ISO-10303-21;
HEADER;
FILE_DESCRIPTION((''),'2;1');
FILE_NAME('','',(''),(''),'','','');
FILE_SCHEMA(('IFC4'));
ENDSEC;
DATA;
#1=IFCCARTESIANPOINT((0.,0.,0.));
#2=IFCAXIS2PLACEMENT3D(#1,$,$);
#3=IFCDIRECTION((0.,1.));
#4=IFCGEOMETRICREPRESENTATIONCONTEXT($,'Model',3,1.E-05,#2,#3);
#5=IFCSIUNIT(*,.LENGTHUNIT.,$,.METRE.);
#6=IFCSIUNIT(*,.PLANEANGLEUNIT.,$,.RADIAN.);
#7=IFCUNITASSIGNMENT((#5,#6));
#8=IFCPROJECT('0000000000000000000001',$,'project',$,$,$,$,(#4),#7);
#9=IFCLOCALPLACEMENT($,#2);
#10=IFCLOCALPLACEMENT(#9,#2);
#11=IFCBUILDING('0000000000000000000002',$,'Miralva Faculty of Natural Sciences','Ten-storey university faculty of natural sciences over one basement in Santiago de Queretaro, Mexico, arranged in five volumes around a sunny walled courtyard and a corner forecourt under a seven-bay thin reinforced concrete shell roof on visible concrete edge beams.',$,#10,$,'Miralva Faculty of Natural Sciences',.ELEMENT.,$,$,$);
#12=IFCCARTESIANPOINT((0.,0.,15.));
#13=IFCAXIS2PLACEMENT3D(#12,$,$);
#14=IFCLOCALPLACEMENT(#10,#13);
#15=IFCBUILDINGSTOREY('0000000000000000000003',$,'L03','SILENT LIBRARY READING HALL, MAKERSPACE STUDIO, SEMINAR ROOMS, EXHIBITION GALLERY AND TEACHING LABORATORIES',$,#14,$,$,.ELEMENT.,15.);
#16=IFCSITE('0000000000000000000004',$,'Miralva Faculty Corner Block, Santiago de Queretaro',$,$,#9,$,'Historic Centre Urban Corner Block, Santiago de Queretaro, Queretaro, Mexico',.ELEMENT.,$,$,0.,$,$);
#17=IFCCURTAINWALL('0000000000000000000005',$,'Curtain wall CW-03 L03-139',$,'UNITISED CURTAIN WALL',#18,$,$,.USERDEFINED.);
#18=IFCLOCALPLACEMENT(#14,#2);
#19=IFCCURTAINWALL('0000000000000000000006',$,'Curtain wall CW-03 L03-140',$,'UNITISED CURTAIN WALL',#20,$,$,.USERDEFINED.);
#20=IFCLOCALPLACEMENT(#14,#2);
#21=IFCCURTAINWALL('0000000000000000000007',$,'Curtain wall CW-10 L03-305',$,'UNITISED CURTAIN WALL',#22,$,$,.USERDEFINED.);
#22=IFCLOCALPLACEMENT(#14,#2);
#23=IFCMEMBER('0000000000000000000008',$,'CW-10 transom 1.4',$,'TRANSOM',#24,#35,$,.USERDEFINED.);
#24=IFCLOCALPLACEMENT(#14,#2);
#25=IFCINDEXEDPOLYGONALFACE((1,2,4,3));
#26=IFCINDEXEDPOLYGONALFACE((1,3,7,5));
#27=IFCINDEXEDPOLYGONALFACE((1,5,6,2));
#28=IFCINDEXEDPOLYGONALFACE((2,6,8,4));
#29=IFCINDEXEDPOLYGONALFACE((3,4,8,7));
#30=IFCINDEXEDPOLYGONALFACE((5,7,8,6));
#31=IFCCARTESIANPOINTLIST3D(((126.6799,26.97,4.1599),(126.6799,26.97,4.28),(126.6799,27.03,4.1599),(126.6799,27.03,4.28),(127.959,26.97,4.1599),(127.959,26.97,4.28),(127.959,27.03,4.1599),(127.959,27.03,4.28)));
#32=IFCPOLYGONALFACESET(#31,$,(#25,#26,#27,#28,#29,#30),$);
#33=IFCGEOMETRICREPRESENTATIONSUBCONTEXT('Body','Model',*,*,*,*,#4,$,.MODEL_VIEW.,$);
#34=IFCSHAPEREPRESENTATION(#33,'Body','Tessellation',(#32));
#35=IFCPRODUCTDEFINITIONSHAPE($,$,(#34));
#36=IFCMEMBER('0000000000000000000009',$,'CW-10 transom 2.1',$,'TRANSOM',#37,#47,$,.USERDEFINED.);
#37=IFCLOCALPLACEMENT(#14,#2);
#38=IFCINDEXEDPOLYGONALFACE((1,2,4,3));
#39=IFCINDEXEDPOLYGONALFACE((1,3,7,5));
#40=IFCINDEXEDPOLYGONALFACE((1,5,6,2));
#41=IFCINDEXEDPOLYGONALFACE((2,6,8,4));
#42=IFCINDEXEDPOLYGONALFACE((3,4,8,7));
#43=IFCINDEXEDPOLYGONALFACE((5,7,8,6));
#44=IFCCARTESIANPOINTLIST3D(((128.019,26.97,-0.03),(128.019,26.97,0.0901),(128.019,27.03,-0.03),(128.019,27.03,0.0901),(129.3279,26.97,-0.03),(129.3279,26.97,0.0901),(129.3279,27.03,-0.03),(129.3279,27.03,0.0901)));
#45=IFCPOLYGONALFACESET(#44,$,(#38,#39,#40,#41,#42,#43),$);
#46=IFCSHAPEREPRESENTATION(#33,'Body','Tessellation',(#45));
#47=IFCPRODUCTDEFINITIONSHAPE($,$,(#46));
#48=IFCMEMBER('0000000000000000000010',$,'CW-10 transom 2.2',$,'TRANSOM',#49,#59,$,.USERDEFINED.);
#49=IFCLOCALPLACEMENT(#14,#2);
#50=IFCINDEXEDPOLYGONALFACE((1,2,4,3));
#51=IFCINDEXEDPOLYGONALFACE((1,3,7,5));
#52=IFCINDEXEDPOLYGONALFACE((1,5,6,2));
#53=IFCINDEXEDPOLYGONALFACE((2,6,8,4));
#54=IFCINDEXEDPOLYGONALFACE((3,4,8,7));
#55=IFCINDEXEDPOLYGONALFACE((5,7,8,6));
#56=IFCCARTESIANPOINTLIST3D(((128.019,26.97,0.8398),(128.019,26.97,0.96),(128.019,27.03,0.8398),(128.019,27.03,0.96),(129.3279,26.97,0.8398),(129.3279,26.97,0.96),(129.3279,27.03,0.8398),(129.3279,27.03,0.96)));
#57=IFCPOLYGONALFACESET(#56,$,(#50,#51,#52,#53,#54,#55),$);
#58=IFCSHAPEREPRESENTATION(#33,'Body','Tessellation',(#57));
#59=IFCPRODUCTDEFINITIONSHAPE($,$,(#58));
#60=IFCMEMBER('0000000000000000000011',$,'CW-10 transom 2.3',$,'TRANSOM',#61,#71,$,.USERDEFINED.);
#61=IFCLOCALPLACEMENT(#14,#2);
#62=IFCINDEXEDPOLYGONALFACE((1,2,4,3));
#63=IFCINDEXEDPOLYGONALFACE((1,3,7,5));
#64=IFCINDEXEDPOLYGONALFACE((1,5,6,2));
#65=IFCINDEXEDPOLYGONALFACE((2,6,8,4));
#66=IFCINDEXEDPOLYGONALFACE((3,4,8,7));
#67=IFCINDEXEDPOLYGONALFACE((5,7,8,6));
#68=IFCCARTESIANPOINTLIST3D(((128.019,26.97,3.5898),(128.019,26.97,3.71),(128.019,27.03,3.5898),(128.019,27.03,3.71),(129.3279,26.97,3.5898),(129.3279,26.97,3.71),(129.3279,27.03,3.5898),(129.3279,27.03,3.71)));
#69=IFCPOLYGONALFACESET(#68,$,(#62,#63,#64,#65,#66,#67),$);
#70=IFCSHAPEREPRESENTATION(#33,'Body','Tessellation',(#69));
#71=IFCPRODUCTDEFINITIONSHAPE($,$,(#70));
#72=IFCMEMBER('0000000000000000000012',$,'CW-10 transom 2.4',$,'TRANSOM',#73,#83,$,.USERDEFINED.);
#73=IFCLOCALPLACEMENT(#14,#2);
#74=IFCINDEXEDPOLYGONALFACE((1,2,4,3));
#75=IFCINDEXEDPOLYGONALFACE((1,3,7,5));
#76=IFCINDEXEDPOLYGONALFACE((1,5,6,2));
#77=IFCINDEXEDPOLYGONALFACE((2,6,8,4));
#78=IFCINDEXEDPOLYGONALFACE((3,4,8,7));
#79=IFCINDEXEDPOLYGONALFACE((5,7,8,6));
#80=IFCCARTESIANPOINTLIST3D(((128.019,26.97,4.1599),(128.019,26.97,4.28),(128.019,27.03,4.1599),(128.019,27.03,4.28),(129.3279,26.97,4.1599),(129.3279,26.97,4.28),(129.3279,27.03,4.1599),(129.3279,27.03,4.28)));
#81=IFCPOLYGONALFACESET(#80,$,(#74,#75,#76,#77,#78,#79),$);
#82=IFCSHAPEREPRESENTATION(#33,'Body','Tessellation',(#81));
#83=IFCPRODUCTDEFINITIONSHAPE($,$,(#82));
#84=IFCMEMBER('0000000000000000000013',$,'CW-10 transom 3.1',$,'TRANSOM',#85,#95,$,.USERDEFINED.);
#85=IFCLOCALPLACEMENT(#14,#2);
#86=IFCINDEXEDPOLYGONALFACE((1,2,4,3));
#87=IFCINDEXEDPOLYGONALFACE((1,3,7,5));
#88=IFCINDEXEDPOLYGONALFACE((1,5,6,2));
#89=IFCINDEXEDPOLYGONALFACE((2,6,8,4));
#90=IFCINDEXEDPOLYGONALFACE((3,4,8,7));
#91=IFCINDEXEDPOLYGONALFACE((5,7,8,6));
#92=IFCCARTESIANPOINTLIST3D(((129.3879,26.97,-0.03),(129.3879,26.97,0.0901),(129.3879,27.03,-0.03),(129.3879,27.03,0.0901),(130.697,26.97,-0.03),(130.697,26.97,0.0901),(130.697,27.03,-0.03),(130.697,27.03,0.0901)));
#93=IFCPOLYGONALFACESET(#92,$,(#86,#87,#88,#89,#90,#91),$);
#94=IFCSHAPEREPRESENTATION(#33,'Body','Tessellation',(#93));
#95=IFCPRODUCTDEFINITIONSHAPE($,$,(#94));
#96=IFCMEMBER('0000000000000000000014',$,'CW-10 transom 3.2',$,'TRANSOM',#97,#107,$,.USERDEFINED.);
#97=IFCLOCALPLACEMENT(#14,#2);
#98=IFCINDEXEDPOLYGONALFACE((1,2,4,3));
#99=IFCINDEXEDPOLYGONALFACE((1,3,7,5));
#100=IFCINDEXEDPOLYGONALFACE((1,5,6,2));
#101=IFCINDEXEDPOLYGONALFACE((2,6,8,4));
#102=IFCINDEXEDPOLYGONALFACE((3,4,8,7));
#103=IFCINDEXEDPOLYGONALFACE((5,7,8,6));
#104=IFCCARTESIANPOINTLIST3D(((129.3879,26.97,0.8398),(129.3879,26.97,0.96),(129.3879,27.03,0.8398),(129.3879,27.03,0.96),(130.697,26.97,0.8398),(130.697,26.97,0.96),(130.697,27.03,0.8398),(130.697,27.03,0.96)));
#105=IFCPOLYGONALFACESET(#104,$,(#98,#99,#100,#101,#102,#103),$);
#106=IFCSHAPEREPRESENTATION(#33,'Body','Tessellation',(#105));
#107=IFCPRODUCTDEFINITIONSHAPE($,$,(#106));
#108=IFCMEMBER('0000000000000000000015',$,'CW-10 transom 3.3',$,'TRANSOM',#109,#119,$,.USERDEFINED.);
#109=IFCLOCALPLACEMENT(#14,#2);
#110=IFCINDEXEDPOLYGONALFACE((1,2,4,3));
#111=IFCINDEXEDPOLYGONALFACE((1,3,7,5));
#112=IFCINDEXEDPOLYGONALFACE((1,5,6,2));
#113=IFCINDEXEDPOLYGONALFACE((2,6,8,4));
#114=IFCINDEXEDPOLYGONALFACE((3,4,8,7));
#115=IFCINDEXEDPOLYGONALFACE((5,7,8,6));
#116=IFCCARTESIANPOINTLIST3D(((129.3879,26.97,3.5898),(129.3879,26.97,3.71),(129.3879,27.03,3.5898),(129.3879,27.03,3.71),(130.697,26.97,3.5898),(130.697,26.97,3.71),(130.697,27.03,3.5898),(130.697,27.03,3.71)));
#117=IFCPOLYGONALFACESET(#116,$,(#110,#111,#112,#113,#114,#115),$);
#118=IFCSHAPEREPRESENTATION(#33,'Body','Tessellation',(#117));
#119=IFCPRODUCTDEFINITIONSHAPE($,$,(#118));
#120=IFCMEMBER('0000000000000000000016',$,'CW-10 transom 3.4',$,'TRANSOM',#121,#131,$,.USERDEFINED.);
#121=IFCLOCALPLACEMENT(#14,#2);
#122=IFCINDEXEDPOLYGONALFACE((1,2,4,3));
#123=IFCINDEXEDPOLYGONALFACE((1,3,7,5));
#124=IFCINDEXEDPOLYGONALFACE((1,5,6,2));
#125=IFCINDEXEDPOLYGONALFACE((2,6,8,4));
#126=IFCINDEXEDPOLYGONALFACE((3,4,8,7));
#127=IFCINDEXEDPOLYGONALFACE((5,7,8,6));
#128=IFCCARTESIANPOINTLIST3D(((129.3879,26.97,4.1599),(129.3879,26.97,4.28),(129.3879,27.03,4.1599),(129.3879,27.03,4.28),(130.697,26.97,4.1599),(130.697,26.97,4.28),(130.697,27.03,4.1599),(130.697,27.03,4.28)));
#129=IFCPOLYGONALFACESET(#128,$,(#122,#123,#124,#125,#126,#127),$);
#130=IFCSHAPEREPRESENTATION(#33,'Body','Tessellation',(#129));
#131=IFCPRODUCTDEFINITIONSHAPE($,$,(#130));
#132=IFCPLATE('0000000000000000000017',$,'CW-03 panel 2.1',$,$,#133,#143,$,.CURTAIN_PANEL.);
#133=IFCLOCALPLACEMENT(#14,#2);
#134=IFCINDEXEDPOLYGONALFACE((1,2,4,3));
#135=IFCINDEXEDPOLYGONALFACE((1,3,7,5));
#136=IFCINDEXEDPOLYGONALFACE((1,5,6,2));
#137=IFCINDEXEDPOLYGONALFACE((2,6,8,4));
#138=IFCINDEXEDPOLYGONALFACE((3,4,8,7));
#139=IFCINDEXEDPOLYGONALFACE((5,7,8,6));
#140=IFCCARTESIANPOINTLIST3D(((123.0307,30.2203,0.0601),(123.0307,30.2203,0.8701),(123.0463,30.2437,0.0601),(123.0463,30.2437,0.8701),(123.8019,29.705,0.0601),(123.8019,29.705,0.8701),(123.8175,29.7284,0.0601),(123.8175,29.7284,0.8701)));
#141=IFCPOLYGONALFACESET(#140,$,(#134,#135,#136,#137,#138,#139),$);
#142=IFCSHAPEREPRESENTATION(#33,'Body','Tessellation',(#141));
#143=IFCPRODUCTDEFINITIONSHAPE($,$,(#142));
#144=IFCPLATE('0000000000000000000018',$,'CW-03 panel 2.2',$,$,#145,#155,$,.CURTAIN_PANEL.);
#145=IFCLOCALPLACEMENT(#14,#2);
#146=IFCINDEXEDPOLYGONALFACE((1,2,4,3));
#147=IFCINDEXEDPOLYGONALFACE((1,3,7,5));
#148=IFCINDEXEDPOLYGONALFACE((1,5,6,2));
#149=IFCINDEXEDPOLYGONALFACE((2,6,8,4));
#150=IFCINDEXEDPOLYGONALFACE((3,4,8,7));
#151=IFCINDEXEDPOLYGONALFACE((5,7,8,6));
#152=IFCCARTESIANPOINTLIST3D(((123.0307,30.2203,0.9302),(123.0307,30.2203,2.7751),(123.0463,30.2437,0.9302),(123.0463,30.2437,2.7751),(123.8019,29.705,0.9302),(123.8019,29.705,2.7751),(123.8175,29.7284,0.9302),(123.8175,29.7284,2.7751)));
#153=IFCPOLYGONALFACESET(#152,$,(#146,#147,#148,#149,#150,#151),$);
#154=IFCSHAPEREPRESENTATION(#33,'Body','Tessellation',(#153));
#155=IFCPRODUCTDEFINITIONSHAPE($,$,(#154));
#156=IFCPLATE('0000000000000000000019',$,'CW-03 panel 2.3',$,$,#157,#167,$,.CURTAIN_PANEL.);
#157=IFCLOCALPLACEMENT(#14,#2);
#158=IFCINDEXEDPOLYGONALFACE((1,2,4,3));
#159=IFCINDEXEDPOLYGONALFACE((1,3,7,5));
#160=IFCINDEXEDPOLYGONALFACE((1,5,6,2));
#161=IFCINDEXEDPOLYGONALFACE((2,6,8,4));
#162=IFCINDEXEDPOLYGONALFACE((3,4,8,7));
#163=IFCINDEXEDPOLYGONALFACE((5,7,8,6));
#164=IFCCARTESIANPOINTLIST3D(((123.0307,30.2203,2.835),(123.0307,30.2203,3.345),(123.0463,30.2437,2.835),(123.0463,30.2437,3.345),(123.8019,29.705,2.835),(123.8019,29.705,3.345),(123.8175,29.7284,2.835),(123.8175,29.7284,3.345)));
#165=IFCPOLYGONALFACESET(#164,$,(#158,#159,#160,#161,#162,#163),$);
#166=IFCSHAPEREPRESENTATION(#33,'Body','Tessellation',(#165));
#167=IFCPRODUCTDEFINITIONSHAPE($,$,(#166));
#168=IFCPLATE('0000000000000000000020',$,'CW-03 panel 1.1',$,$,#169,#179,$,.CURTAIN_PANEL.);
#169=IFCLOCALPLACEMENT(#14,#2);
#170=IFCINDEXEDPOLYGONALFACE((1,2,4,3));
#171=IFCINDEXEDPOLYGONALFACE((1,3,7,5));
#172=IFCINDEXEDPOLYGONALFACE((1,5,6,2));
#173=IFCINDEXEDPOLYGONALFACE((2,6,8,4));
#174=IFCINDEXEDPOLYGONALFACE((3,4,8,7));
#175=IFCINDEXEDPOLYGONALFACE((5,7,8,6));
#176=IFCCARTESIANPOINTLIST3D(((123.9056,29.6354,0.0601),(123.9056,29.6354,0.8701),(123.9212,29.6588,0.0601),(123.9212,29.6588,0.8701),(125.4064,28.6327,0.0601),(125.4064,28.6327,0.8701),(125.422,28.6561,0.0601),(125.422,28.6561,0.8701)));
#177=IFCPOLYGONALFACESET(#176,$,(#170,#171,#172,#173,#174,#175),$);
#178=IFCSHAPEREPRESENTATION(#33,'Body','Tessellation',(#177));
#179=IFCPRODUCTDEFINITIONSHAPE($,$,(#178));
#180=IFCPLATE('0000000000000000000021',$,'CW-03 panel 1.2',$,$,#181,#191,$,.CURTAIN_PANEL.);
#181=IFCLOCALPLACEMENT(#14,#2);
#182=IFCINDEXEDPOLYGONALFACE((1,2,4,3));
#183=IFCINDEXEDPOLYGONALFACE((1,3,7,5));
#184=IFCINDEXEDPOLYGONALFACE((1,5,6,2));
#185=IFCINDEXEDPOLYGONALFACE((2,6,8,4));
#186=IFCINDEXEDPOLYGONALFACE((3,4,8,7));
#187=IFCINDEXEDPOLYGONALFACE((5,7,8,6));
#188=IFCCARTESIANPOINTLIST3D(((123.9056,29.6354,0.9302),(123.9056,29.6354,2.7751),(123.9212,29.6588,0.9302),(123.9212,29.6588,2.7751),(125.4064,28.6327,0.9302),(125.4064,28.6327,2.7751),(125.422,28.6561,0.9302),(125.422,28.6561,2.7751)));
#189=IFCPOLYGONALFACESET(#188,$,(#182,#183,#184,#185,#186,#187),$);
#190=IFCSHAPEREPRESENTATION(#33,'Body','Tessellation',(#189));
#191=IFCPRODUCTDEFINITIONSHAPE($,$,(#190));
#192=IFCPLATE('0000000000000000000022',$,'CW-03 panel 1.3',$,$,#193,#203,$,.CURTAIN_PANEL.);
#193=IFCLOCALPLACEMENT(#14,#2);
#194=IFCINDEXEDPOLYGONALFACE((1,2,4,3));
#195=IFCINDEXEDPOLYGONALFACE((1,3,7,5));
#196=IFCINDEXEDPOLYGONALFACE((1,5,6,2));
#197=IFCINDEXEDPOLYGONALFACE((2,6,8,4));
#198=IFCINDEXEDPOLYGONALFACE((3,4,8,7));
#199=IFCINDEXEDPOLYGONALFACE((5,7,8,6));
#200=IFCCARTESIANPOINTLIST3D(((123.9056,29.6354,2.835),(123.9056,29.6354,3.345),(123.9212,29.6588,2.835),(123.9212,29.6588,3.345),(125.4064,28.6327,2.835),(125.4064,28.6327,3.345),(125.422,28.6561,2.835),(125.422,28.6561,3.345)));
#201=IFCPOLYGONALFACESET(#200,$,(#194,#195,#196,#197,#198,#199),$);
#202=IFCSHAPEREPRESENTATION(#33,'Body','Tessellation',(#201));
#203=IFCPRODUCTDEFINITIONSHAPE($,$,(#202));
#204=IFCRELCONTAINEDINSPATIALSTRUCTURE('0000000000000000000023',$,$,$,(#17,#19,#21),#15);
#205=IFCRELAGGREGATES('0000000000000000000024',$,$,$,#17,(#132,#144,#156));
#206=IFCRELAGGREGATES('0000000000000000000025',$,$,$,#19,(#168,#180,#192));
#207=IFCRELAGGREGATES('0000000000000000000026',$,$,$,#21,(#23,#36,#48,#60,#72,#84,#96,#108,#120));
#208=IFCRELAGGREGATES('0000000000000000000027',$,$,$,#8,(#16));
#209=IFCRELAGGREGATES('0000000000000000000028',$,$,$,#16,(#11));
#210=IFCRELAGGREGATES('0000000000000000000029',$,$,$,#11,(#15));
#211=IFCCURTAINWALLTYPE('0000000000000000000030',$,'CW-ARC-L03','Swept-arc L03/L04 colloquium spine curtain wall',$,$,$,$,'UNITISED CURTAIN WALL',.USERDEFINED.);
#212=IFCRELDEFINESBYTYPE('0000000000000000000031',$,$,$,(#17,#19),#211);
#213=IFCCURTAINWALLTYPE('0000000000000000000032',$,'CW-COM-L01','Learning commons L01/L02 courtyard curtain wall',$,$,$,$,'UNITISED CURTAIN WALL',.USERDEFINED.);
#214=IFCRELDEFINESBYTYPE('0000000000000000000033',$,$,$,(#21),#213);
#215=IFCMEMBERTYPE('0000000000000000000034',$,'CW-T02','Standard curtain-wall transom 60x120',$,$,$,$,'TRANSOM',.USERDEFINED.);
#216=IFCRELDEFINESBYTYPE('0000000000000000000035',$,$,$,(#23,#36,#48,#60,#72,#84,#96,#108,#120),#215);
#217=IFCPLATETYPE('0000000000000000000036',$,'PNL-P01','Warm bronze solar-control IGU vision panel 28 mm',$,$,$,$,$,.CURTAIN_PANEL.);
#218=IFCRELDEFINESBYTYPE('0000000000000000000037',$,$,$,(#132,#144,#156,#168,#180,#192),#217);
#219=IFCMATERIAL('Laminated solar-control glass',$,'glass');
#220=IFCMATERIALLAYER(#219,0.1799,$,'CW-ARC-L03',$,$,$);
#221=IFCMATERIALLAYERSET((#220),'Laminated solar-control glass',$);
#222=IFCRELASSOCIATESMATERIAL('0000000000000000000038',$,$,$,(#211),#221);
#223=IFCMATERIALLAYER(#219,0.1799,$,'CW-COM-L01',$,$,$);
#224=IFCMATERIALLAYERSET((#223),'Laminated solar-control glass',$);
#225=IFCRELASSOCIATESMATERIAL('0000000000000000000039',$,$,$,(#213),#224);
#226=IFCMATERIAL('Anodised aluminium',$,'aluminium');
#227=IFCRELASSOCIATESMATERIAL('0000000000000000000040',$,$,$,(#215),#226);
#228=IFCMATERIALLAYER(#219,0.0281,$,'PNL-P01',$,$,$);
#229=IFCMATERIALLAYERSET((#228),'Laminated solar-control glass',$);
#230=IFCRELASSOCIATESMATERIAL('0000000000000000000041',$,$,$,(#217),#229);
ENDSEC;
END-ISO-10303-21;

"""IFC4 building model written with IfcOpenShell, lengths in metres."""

from ifc_helpers import new_model, si_unit, direction, frame, origin, origin_2d, place, context, subcontext, project, spatial, rectangle, extrude, material, layer, layer_set, material_profile, profile_set, type_object, element, aggregate, save


model = new_model("IFC4")

# Units and contexts
model_context = context("Model", 3, precision=1e-05, world=origin(), true_north=direction((0.0, 1.0)))
body_context = subcontext(model_context, "Body", "Model", "MODEL_VIEW")
ifc_project = project(units=[si_unit("LENGTHUNIT", "METRE"), si_unit("PLANEANGLEUNIT", "RADIAN")], contexts=[model_context])

# Site, building, storey
site_placement = place(None, origin())
site = spatial("IfcSite", under=ifc_project, at=site_placement, Name="Miralva Faculty Corner Block, Santiago de Queretaro", LongName="Historic Centre Urban Corner Block, Santiago de Queretaro, Queretaro, Mexico", CompositionType="ELEMENT", RefElevation=0.0)
building_placement = place(site_placement, origin())
building = spatial("IfcBuilding", under=site, at=building_placement, Name="Miralva Faculty of Natural Sciences", Description="Ten-storey university faculty of natural sciences over one basement in Santiago de Queretaro, Mexico, arranged in five volumes around a sunny walled courtyard and a corner forecourt under a seven-bay thin reinforced concrete shell roof on visible concrete edge beams.", LongName="Miralva Faculty of Natural Sciences", CompositionType="ELEMENT")
storey_placement = place(building_placement, frame((0.0, 0.0, 15.0)))
storey = spatial("IfcBuildingStorey", under=building, at=storey_placement, Name="L03", Description="SILENT LIBRARY READING HALL, MAKERSPACE STUDIO, SEMINAR ROOMS, EXHIBITION GALLERY AND TEACHING LABORATORIES", CompositionType="ELEMENT", Elevation=15.0)

# Curtain wall
ifc_material_1 = material(Name="Laminated solar-control glass", Category="glass")
ifc_layer_1 = layer(ifc_material_1, 0.1799, Name="CW-ARC-L03")
ifc_layer_set_1 = layer_set([ifc_layer_1], Name="Laminated solar-control glass")
curtain_wall_type_1 = type_object("IfcCurtainWallType", Name="CW-ARC-L03", Description="Swept-arc L03/L04 colloquium spine curtain wall", ElementType="UNITISED CURTAIN WALL", PredefinedType="USERDEFINED", material=ifc_layer_set_1)
curtain_wall_1_placement = place(storey_placement, origin())
curtain_wall_1 = element("IfcCurtainWall", 1, at=curtain_wall_1_placement, inside=storey, type_object=curtain_wall_type_1, Name="Curtain wall CW-03 L03-139", ObjectType="UNITISED CURTAIN WALL", PredefinedType="USERDEFINED")
ifc_material_2 = material(Name="Anodised aluminium", Category="aluminium")

# Curtain walls
curtain_wall_2_placement = place(storey_placement, origin())
curtain_wall_2 = element("IfcCurtainWall", 2, at=curtain_wall_2_placement, inside=storey, type_object=curtain_wall_type_1, Name="Curtain wall CW-03 L03-140", ObjectType="UNITISED CURTAIN WALL", PredefinedType="USERDEFINED")
ifc_layer_2 = layer(ifc_material_1, 0.1799, Name="CW-COM-L01")
ifc_layer_set_2 = layer_set([ifc_layer_2], Name="Laminated solar-control glass")
curtain_wall_type_2 = type_object("IfcCurtainWallType", Name="CW-COM-L01", Description="Learning commons L01/L02 courtyard curtain wall", ElementType="UNITISED CURTAIN WALL", PredefinedType="USERDEFINED", material=ifc_layer_set_2)
curtain_wall_3_placement = place(storey_placement, origin())
curtain_wall_3 = element("IfcCurtainWall", 3, at=curtain_wall_3_placement, inside=storey, type_object=curtain_wall_type_2, Name="Curtain wall CW-10 L03-305", ObjectType="UNITISED CURTAIN WALL", PredefinedType="USERDEFINED")

# Members
ifc_material_profile_1 = material_profile(ifc_material_2, rectangle(XDim=0.0601, YDim=0.1201, at=origin_2d()), Name="TRANSOM 60x120")
ifc_profile_set_1 = profile_set([ifc_material_profile_1], Name="Anodised aluminium")
member_type_1 = type_object("IfcMemberType", Name="CW-T02", Description="Standard curtain-wall transom 60x120", ElementType="TRANSOM", PredefinedType="USERDEFINED", material=ifc_profile_set_1)
member_1_placement = place(storey_placement, frame((126.6799, 27.0, 4.22), z_axis=(1.0, 0.0, 0.0), x_axis=(0.0, 1.0, 0.0)))
member_1 = element("IfcMember", 4, at=member_1_placement, type_object=member_type_1, Name="CW-10 transom 1.4", ObjectType="TRANSOM", PredefinedType="USERDEFINED", context=body_context, shape_type="SweptSolid", body=[
    extrude(rectangle(XDim=0.0601, YDim=0.1201, at=origin_2d()), origin(), (0.0, 0.0, 1.0), 1.2791),
])
member_2_placement = place(storey_placement, frame((128.019, 27.0, 0.03), z_axis=(1.0, 0.0, 0.0), x_axis=(0.0, 1.0, 0.0)))
member_2 = element("IfcMember", 5, at=member_2_placement, type_object=member_type_1, Name="CW-10 transom 2.1", ObjectType="TRANSOM", PredefinedType="USERDEFINED", context=body_context, shape_type="SweptSolid", body=[
    extrude(rectangle(XDim=0.0601, YDim=0.1201, at=origin_2d()), origin(), (0.0, 0.0, 1.0), 1.3088),
])
member_3_placement = place(storey_placement, frame((128.019, 27.0, 0.8999), z_axis=(1.0, 0.0, 0.0), x_axis=(0.0, 1.0, 0.0)))
member_3 = element("IfcMember", 6, at=member_3_placement, type_object=member_type_1, Name="CW-10 transom 2.2", ObjectType="TRANSOM", PredefinedType="USERDEFINED", context=body_context, shape_type="SweptSolid", body=[
    extrude(rectangle(XDim=0.0601, YDim=0.1201, at=origin_2d()), origin(), (0.0, 0.0, 1.0), 1.3088),
])
member_4_placement = place(storey_placement, frame((128.019, 27.0, 3.6499), z_axis=(1.0, 0.0, 0.0), x_axis=(0.0, 1.0, 0.0)))
member_4 = element("IfcMember", 7, at=member_4_placement, type_object=member_type_1, Name="CW-10 transom 2.3", ObjectType="TRANSOM", PredefinedType="USERDEFINED", context=body_context, shape_type="SweptSolid", body=[
    extrude(rectangle(XDim=0.0601, YDim=0.1201, at=origin_2d()), origin(), (0.0, 0.0, 1.0), 1.3088),
])
member_5_placement = place(storey_placement, frame((128.019, 27.0, 4.22), z_axis=(1.0, 0.0, 0.0), x_axis=(0.0, 1.0, 0.0)))
member_5 = element("IfcMember", 8, at=member_5_placement, type_object=member_type_1, Name="CW-10 transom 2.4", ObjectType="TRANSOM", PredefinedType="USERDEFINED", context=body_context, shape_type="SweptSolid", body=[
    extrude(rectangle(XDim=0.0601, YDim=0.1201, at=origin_2d()), origin(), (0.0, 0.0, 1.0), 1.3088),
])
member_6_placement = place(storey_placement, frame((129.3879, 27.0, 0.03), z_axis=(1.0, 0.0, 0.0), x_axis=(0.0, 1.0, 0.0)))
member_6 = element("IfcMember", 9, at=member_6_placement, type_object=member_type_1, Name="CW-10 transom 3.1", ObjectType="TRANSOM", PredefinedType="USERDEFINED", context=body_context, shape_type="SweptSolid", body=[
    extrude(rectangle(XDim=0.0601, YDim=0.1201, at=origin_2d()), origin(), (0.0, 0.0, 1.0), 1.3091),
])
member_7_placement = place(storey_placement, frame((129.3879, 27.0, 0.8999), z_axis=(1.0, 0.0, 0.0), x_axis=(0.0, 1.0, 0.0)))
member_7 = element("IfcMember", 10, at=member_7_placement, type_object=member_type_1, Name="CW-10 transom 3.2", ObjectType="TRANSOM", PredefinedType="USERDEFINED", context=body_context, shape_type="SweptSolid", body=[
    extrude(rectangle(XDim=0.0601, YDim=0.1201, at=origin_2d()), origin(), (0.0, 0.0, 1.0), 1.3091),
])
member_8_placement = place(storey_placement, frame((129.3879, 27.0, 3.6499), z_axis=(1.0, 0.0, 0.0), x_axis=(0.0, 1.0, 0.0)))
member_8 = element("IfcMember", 11, at=member_8_placement, type_object=member_type_1, Name="CW-10 transom 3.3", ObjectType="TRANSOM", PredefinedType="USERDEFINED", context=body_context, shape_type="SweptSolid", body=[
    extrude(rectangle(XDim=0.0601, YDim=0.1201, at=origin_2d()), origin(), (0.0, 0.0, 1.0), 1.3091),
])
member_9_placement = place(storey_placement, frame((129.3879, 27.0, 4.22), z_axis=(1.0, 0.0, 0.0), x_axis=(0.0, 1.0, 0.0)))
member_9 = element("IfcMember", 12, at=member_9_placement, type_object=member_type_1, Name="CW-10 transom 3.4", ObjectType="TRANSOM", PredefinedType="USERDEFINED", context=body_context, shape_type="SweptSolid", body=[
    extrude(rectangle(XDim=0.0601, YDim=0.1201, at=origin_2d()), origin(), (0.0, 0.0, 1.0), 1.3091),
])

# Plates
ifc_layer_3 = layer(ifc_material_1, 0.0281, Name="PNL-P01")
ifc_layer_set_3 = layer_set([ifc_layer_3], Name="Laminated solar-control glass")
plate_type = type_object("IfcPlateType", Name="PNL-P01", Description="Warm bronze solar-control IGU vision panel 28 mm", PredefinedType="CURTAIN_PANEL", material=ifc_layer_set_3)
plate_1_placement = place(storey_placement, frame((123.4241, 29.9744, 0.0601), z_axis=(0.0, 0.0, 1.0), x_axis=(0.831457, -0.555589, 0.0)))
plate_1 = element("IfcPlate", 13, at=plate_1_placement, type_object=plate_type, Name="CW-03 panel 2.1", PredefinedType="CURTAIN_PANEL", context=body_context, shape_type="SweptSolid", body=[
    extrude(rectangle(XDim=0.9275, YDim=0.0281, at=origin_2d()), origin(), (0.0, 0.0, 1.0), 0.8101),
])
plate_2_placement = place(storey_placement, frame((123.4241, 29.9744, 0.9302), z_axis=(0.0, 0.0, 1.0), x_axis=(0.831457, -0.555589, 0.0)))
plate_2 = element("IfcPlate", 14, at=plate_2_placement, type_object=plate_type, Name="CW-03 panel 2.2", PredefinedType="CURTAIN_PANEL", context=body_context, shape_type="SweptSolid", body=[
    extrude(rectangle(XDim=0.9275, YDim=0.0281, at=origin_2d()), origin(), (0.0, 0.0, 1.0), 1.845),
])
plate_3_placement = place(storey_placement, frame((123.4241, 29.9744, 2.835), z_axis=(0.0, 0.0, 1.0), x_axis=(0.831457, -0.555589, 0.0)))
plate_3 = element("IfcPlate", 15, at=plate_3_placement, type_object=plate_type, Name="CW-03 panel 2.3", PredefinedType="CURTAIN_PANEL", context=body_context, shape_type="SweptSolid", body=[
    extrude(rectangle(XDim=0.9275, YDim=0.0281, at=origin_2d()), origin(), (0.0, 0.0, 1.0), 0.51),
])
aggregate(curtain_wall_1, [plate_1, plate_2, plate_3])
plate_4_placement = place(storey_placement, frame((124.6638, 29.1458, 0.0601), z_axis=(0.0, 0.0, 1.0), x_axis=(0.831485, -0.555547, 0.0)))
plate_4 = element("IfcPlate", 16, at=plate_4_placement, type_object=plate_type, Name="CW-03 panel 1.1", PredefinedType="CURTAIN_PANEL", context=body_context, shape_type="SweptSolid", body=[
    extrude(rectangle(XDim=1.8049, YDim=0.0281, at=origin_2d()), origin(), (0.0, 0.0, 1.0), 0.8101),
])
plate_5_placement = place(storey_placement, frame((124.6638, 29.1458, 0.9302), z_axis=(0.0, 0.0, 1.0), x_axis=(0.831485, -0.555547, 0.0)))
plate_5 = element("IfcPlate", 17, at=plate_5_placement, type_object=plate_type, Name="CW-03 panel 1.2", PredefinedType="CURTAIN_PANEL", context=body_context, shape_type="SweptSolid", body=[
    extrude(rectangle(XDim=1.8049, YDim=0.0281, at=origin_2d()), origin(), (0.0, 0.0, 1.0), 1.845),
])
plate_6_placement = place(storey_placement, frame((124.6638, 29.1458, 2.835), z_axis=(0.0, 0.0, 1.0), x_axis=(0.831485, -0.555547, 0.0)))
plate_6 = element("IfcPlate", 18, at=plate_6_placement, type_object=plate_type, Name="CW-03 panel 1.3", PredefinedType="CURTAIN_PANEL", context=body_context, shape_type="SweptSolid", body=[
    extrude(rectangle(XDim=1.8049, YDim=0.0281, at=origin_2d()), origin(), (0.0, 0.0, 1.0), 0.51),
])
aggregate(curtain_wall_2, [plate_4, plate_5, plate_6])
aggregate(curtain_wall_3, [member_1, member_2, member_3, member_4, member_5, member_6, member_7, member_8, member_9])

save(model, "model.ifc")
